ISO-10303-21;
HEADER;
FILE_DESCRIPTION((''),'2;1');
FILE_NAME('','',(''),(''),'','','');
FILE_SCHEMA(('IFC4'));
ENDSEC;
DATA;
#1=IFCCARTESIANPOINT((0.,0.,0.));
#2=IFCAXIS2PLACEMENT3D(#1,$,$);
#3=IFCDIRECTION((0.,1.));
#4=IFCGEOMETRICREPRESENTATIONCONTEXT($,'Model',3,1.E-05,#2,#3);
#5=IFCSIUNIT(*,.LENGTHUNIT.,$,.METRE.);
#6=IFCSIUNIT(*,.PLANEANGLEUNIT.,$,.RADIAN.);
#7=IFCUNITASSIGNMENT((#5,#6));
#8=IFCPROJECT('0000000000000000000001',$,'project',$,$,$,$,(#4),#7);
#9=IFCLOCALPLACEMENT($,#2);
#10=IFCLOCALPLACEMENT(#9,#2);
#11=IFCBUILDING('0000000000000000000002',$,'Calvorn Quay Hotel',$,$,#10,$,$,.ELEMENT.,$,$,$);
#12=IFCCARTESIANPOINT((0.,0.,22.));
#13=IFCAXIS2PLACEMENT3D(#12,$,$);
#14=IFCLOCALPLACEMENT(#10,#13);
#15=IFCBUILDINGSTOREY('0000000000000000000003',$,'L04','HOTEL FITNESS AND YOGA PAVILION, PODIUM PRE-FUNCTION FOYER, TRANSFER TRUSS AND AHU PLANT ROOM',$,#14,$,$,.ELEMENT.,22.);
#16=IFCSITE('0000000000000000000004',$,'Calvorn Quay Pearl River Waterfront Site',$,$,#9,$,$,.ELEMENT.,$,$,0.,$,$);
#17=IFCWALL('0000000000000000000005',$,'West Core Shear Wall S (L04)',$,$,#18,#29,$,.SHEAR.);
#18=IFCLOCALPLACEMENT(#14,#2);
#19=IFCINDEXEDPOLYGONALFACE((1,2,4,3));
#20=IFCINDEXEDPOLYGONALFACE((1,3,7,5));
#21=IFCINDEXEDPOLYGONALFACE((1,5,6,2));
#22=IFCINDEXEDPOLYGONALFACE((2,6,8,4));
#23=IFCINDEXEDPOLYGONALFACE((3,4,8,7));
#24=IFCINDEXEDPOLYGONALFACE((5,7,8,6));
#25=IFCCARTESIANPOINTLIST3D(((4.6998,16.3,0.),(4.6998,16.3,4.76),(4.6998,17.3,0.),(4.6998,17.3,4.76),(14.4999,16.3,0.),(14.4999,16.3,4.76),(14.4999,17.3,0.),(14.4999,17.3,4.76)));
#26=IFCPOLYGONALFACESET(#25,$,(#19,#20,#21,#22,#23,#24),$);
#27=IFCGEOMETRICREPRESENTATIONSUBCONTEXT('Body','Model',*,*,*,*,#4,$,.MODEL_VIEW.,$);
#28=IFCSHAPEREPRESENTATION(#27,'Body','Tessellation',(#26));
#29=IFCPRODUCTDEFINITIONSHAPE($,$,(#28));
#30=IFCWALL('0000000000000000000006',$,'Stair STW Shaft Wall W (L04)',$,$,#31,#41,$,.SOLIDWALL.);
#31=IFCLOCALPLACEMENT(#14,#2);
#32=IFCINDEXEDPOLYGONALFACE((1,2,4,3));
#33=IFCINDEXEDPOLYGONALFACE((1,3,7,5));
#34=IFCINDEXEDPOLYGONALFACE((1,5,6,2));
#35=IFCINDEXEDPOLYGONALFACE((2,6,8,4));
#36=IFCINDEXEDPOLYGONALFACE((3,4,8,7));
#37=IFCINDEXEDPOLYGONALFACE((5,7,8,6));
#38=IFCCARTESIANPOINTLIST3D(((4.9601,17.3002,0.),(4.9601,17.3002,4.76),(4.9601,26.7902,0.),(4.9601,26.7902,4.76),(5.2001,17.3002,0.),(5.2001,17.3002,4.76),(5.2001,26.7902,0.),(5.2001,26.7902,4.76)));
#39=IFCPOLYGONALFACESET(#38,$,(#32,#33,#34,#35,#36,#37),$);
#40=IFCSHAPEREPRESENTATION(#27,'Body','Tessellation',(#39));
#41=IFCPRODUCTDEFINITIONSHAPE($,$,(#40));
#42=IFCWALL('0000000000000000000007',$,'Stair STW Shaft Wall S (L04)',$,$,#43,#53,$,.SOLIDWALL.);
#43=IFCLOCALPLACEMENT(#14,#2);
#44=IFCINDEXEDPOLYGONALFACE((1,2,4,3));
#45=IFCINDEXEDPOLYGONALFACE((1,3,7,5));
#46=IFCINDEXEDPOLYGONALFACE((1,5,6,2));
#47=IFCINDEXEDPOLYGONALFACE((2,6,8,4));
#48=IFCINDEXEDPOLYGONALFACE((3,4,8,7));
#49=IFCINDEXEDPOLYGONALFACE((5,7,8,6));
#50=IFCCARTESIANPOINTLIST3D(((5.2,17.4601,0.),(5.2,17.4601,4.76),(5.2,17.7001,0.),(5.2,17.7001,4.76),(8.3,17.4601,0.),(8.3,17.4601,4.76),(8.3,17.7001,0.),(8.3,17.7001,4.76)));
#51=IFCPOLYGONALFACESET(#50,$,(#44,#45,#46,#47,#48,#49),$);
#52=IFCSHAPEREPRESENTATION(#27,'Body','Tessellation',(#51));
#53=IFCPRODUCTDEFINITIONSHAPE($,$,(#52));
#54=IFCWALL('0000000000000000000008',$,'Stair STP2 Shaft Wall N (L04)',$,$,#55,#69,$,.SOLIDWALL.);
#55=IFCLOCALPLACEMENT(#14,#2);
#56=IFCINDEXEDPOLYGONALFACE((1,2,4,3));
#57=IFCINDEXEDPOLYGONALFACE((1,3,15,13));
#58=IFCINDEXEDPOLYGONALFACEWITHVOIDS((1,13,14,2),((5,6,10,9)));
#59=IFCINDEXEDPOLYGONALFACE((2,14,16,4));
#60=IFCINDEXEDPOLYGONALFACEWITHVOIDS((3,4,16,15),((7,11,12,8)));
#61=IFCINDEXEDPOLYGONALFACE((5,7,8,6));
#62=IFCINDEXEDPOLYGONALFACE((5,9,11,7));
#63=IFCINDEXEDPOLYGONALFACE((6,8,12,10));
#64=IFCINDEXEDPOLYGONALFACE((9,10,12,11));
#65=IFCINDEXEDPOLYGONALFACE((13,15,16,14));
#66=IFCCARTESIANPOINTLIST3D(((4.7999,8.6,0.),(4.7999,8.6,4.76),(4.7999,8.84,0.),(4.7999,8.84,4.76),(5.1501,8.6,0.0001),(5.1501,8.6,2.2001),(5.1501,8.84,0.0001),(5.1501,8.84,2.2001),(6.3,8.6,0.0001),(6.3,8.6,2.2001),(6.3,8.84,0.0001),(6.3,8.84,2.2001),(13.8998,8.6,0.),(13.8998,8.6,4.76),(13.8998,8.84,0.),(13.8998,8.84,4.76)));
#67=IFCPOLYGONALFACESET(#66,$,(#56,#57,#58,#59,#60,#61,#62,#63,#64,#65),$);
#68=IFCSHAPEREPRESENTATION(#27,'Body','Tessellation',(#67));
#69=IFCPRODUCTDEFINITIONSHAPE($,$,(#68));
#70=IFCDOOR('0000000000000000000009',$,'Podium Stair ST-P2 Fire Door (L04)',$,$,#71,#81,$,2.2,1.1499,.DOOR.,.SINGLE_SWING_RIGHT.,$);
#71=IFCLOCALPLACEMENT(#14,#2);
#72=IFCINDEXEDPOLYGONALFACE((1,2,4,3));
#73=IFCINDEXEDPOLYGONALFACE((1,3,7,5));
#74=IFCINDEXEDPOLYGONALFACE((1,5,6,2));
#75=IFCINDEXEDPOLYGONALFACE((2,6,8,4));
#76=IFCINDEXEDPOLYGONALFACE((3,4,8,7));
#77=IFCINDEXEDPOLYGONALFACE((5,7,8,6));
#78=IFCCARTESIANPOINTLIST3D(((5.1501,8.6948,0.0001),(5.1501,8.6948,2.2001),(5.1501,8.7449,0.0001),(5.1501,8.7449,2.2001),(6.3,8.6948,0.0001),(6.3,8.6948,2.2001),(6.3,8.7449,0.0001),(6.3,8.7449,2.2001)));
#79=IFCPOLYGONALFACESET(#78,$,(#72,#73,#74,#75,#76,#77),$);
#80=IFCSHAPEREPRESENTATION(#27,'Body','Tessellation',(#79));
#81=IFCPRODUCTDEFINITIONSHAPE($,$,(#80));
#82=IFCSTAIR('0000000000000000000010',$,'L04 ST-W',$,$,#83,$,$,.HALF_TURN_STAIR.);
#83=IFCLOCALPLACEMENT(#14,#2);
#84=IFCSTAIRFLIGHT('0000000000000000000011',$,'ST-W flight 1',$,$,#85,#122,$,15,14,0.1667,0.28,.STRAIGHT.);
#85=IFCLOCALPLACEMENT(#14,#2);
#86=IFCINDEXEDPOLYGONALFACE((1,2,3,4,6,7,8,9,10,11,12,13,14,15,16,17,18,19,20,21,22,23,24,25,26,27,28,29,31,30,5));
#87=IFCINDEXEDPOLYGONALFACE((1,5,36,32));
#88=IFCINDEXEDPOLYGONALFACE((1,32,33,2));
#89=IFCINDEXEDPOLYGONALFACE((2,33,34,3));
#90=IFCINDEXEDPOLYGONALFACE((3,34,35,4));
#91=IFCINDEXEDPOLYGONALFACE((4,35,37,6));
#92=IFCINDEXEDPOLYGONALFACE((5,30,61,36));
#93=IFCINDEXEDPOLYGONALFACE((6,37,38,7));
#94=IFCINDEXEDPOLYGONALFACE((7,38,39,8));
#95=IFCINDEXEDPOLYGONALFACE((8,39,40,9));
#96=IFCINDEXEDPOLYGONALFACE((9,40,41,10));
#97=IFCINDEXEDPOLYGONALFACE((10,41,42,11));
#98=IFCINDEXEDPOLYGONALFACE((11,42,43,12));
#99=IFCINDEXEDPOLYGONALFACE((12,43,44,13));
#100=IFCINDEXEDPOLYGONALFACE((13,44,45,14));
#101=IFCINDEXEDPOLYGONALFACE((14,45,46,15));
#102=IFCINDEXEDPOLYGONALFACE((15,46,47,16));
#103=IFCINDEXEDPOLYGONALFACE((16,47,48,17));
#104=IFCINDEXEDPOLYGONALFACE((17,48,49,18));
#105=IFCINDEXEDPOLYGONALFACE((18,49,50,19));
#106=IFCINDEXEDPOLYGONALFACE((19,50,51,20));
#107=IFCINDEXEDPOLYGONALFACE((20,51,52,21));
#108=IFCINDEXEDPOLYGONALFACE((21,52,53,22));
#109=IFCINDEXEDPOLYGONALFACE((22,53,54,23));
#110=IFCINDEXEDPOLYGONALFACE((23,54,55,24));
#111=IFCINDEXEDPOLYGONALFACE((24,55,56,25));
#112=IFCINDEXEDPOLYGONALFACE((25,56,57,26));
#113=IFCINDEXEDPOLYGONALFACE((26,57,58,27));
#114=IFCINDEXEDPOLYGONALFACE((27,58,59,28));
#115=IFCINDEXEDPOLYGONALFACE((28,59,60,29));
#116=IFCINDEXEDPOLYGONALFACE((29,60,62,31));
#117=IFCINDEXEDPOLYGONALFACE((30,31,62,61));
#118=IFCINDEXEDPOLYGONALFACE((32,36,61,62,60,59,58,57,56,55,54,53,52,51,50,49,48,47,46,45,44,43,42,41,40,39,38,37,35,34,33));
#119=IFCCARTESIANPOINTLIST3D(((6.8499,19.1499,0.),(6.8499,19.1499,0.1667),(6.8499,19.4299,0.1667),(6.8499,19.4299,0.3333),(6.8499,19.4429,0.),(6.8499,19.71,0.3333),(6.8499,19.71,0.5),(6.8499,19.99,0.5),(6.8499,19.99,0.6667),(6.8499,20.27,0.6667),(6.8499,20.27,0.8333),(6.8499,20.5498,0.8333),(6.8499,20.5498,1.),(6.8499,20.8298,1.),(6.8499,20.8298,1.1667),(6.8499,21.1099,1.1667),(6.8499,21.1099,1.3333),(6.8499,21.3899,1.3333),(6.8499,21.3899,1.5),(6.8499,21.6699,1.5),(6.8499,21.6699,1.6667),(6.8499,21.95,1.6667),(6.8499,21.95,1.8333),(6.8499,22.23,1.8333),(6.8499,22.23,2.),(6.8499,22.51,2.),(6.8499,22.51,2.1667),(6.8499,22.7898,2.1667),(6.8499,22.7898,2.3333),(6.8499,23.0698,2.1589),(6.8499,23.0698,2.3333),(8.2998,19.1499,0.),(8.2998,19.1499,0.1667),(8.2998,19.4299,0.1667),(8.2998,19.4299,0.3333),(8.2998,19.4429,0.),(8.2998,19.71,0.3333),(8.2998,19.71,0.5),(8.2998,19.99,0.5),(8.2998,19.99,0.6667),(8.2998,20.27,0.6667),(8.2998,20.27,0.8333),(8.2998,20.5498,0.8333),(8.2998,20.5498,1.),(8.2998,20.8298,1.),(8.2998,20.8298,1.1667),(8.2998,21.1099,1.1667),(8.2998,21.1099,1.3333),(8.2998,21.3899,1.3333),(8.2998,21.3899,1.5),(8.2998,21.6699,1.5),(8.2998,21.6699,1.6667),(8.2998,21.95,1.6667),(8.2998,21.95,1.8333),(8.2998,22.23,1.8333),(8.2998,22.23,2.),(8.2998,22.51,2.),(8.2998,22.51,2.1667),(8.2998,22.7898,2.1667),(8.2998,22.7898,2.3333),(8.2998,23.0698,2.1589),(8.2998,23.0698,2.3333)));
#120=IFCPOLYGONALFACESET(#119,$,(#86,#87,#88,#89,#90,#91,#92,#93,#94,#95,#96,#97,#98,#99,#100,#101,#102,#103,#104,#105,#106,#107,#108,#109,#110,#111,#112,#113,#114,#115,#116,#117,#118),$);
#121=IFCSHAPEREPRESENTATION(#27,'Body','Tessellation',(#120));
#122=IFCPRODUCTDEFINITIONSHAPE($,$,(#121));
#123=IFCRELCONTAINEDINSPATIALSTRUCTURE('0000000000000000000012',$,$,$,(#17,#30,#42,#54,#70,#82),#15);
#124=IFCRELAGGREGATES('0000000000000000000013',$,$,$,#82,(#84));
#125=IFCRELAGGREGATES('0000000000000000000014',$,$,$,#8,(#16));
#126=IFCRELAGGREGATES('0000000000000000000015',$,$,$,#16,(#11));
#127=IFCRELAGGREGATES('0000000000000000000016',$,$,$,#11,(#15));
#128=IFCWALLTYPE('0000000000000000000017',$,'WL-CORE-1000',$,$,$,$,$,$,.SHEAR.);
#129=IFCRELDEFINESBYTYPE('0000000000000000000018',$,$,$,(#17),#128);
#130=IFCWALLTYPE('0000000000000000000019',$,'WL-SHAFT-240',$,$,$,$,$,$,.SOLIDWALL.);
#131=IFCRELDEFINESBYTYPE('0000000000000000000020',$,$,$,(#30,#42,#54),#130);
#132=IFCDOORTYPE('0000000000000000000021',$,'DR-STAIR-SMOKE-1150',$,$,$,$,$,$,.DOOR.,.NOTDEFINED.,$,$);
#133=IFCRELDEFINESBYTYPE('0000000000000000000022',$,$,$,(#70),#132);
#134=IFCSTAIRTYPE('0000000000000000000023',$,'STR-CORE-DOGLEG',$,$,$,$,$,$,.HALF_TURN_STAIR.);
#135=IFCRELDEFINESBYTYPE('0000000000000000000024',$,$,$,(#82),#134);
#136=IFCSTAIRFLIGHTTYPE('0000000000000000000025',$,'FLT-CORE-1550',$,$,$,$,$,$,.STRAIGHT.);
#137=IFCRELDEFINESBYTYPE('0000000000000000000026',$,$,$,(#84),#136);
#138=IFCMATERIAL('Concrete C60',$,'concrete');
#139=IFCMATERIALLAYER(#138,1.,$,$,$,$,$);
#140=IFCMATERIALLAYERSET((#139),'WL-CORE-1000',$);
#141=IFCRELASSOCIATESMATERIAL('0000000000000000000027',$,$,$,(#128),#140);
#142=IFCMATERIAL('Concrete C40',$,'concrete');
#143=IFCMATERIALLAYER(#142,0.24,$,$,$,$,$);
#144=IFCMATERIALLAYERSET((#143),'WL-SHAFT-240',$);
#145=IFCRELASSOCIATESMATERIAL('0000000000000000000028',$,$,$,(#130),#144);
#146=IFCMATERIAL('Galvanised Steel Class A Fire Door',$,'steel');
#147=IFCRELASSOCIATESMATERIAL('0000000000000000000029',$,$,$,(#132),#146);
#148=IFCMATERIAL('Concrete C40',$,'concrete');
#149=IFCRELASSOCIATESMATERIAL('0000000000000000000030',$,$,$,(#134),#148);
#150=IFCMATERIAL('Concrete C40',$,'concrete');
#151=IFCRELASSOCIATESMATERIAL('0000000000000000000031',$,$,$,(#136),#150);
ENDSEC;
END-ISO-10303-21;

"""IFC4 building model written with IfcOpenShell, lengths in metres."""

from ifc_helpers import new_model, si_unit, direction, frame, frame_2d, origin, place, context, subcontext, project, spatial, polyline, rectangle, outline, extrude, material, layer, layer_set, type_object, element, fill, aggregate, save


model = new_model("IFC4")

# Units and contexts
model_context = context("Model", 3, precision=1e-05, world=origin(), true_north=direction((0.0, 1.0)))
body_context = subcontext(model_context, "Body", "Model", "MODEL_VIEW")
ifc_project = project(units=[si_unit("LENGTHUNIT", "METRE"), si_unit("PLANEANGLEUNIT", "RADIAN")], contexts=[model_context])

# Site, building, storey
site_placement = place(None, origin())
site = spatial("IfcSite", under=ifc_project, at=site_placement, Name="Calvorn Quay Pearl River Waterfront Site", CompositionType="ELEMENT", RefElevation=0.0)
building_placement = place(site_placement, origin())
building = spatial("IfcBuilding", under=site, at=building_placement, Name="Calvorn Quay Hotel", CompositionType="ELEMENT")
storey_placement = place(building_placement, frame((0.0, 0.0, 22.0)))
storey = spatial("IfcBuildingStorey", under=building, at=storey_placement, Name="L04", Description="HOTEL FITNESS AND YOGA PAVILION, PODIUM PRE-FUNCTION FOYER, TRANSFER TRUSS AND AHU PLANT ROOM", CompositionType="ELEMENT", Elevation=22.0)

# Walls
ifc_material_1 = material(Name="Concrete C60", Category="concrete")
ifc_layer_1 = layer(ifc_material_1, 1.0)
ifc_layer_set_1 = layer_set([ifc_layer_1], Name="WL-CORE-1000")
wall_type_1 = type_object("IfcWallType", Name="WL-CORE-1000", PredefinedType="SHEAR", material=ifc_layer_set_1)
wall_1_placement = place(storey_placement, frame((4.7, 16.8, 0.0), z_axis=(0.0, 0.0, 1.0), x_axis=(1.0, 0.0, 0.0)))
element("IfcWall", 1, at=wall_1_placement, inside=storey, type_object=wall_type_1, Name="West Core Shear Wall S (L04)", PredefinedType="SHEAR", context=body_context, shape_type="SweptSolid", body=[
    extrude(rectangle(XDim=9.8, YDim=1.0, at=frame_2d((4.8999, 0.0))), origin(), (0.0, 0.0, 1.0), 4.76),
])
ifc_material_2 = material(Name="Concrete C40", Category="concrete")
ifc_layer_2 = layer(ifc_material_2, 0.24)
ifc_layer_set_2 = layer_set([ifc_layer_2], Name="WL-SHAFT-240")
wall_type_2 = type_object("IfcWallType", Name="WL-SHAFT-240", PredefinedType="SOLIDWALL", material=ifc_layer_set_2)
wall_2_placement = place(storey_placement, frame((5.0801, 17.3, 0.0), z_axis=(0.0, 0.0, 1.0), x_axis=(0.0, 1.0, 0.0)))
element("IfcWall", 2, at=wall_2_placement, inside=storey, type_object=wall_type_2, Name="Stair STW Shaft Wall W (L04)", PredefinedType="SOLIDWALL", context=body_context, shape_type="SweptSolid", body=[
    extrude(rectangle(XDim=9.49, YDim=0.24, at=frame_2d((4.7451, 0.0))), origin(), (0.0, 0.0, 1.0), 4.76),
])
wall_3_placement = place(storey_placement, frame((5.2, 17.5801, 0.0), z_axis=(0.0, 0.0, 1.0), x_axis=(1.0, 0.0, 0.0)))
element("IfcWall", 3, at=wall_3_placement, inside=storey, type_object=wall_type_2, Name="Stair STW Shaft Wall S (L04)", PredefinedType="SOLIDWALL", context=body_context, shape_type="SweptSolid", body=[
    extrude(rectangle(XDim=3.1001, YDim=0.24, at=frame_2d((1.55, 0.0))), origin(), (0.0, 0.0, 1.0), 4.76),
])

# Wall, opening, door
wall_4_placement = place(storey_placement, frame((4.8, 8.72, 0.0), z_axis=(0.0, 0.0, 1.0), x_axis=(1.0, 0.0, 0.0)))
wall_4 = element("IfcWall", 4, at=wall_4_placement, inside=storey, type_object=wall_type_2, Name="Stair STP2 Shaft Wall N (L04)", PredefinedType="SOLIDWALL", context=body_context, shape_type="SweptSolid", body=[
    extrude(rectangle(XDim=9.0999, YDim=0.24, at=frame_2d((4.5498, 0.0))), origin(), (0.0, 0.0, 1.0), 4.76),
])
opening_placement = place(wall_4_placement, frame((0.3501, 0.0, 0.0)))
opening = element("IfcOpeningElement", 5, at=opening_placement, cuts=wall_4, PredefinedType="OPENING", context=body_context, shape_type="SweptSolid", body=[
    extrude(rectangle(XDim=1.1499, YDim=2.2, at=frame_2d((0.575, 1.1001))), frame((0.0, 0.1299, 0.0), z_axis=(0.0, -1.0, 0.0), x_axis=(1.0, 0.0, 0.0)), (0.0, 0.0, 1.0), 0.26),
])
ifc_material_3 = material(Name="Galvanised Steel Class A Fire Door", Category="steel")
door_type = type_object("IfcDoorType", Name="DR-STAIR-SMOKE-1150", OperationType="NOTDEFINED", PredefinedType="DOOR", material=ifc_material_3)
door_placement = place(opening_placement, origin())
door = element("IfcDoor", 6, at=door_placement, inside=storey, type_object=door_type, Name="Podium Stair ST-P2 Fire Door (L04)", OperationType="SINGLE_SWING_RIGHT", OverallHeight=2.2, OverallWidth=1.1499, PredefinedType="DOOR", context=body_context, shape_type="SweptSolid", body=[
    extrude(rectangle(XDim=1.1499, YDim=2.2, at=frame_2d((0.575, 1.1001))), frame((0.0, 0.0249, 0.0), z_axis=(0.0, -1.0, 0.0), x_axis=(1.0, 0.0, 0.0)), (0.0, 0.0, 1.0), 0.05),
])
fill(opening, door)

# Stair, stair flight
ifc_material_4 = material(Name="Concrete C40", Category="concrete")
stair_type = type_object("IfcStairType", Name="STR-CORE-DOGLEG", PredefinedType="HALF_TURN_STAIR", material=ifc_material_4)
stair_placement = place(storey_placement, origin())
stair = element("IfcStair", 7, at=stair_placement, inside=storey, type_object=stair_type, Name="L04 ST-W", PredefinedType="HALF_TURN_STAIR")
ifc_material_5 = material(Name="Concrete C40", Category="concrete")
stair_flight_type = type_object("IfcStairFlightType", Name="FLT-CORE-1550", PredefinedType="STRAIGHT", material=ifc_material_5)
stair_flight_placement = place(storey_placement, frame((7.575, 19.1499, 0.0), z_axis=(0.0, 0.0, 1.0), x_axis=(0.0, 1.0, 0.0)))
stair_flight = element("IfcStairFlight", 8, at=stair_flight_placement, type_object=stair_flight_type, Name="ST-W flight 1", NumberOfRisers=15, NumberOfTreads=14, PredefinedType="STRAIGHT", RiserHeight=0.1667, TreadLength=0.28, context=body_context, shape_type="SweptSolid", body=[
    extrude(outline(polyline([(0.0, 0.0), (0.0, 0.1667), (0.28, 0.1667), (0.28, 0.3333), (0.5601, 0.3333), (0.5601, 0.5), (0.8401, 0.5), (0.8401, 0.6667), (1.1201, 0.6667), (1.1201, 0.8333), (1.3999, 0.8333), (1.3999, 1.0), (1.6799, 1.0), (1.6799, 1.1667), (1.96, 1.1667), (1.96, 1.3333), (2.24, 1.3333), (2.24, 1.5), (2.52, 1.5), (2.52, 1.6667), (2.8, 1.6667), (2.8, 1.8333), (3.0801, 1.8333), (3.0801, 2.0), (3.3601, 2.0), (3.3601, 2.1667), (3.6399, 2.1667), (3.6399, 2.3333), (3.9199, 2.3333), (3.9199, 2.5), (3.9199, 2.1589), (0.293, 0.0), (0.0, 0.0)])), frame((0.0, 0.7251, 0.0), z_axis=(0.0, -1.0, 0.0), x_axis=(1.0, 0.0, 0.0)), (0.0, 0.0, 1.0), 1.45),
])
aggregate(stair, [stair_flight])

save(model, "model.ifc")
